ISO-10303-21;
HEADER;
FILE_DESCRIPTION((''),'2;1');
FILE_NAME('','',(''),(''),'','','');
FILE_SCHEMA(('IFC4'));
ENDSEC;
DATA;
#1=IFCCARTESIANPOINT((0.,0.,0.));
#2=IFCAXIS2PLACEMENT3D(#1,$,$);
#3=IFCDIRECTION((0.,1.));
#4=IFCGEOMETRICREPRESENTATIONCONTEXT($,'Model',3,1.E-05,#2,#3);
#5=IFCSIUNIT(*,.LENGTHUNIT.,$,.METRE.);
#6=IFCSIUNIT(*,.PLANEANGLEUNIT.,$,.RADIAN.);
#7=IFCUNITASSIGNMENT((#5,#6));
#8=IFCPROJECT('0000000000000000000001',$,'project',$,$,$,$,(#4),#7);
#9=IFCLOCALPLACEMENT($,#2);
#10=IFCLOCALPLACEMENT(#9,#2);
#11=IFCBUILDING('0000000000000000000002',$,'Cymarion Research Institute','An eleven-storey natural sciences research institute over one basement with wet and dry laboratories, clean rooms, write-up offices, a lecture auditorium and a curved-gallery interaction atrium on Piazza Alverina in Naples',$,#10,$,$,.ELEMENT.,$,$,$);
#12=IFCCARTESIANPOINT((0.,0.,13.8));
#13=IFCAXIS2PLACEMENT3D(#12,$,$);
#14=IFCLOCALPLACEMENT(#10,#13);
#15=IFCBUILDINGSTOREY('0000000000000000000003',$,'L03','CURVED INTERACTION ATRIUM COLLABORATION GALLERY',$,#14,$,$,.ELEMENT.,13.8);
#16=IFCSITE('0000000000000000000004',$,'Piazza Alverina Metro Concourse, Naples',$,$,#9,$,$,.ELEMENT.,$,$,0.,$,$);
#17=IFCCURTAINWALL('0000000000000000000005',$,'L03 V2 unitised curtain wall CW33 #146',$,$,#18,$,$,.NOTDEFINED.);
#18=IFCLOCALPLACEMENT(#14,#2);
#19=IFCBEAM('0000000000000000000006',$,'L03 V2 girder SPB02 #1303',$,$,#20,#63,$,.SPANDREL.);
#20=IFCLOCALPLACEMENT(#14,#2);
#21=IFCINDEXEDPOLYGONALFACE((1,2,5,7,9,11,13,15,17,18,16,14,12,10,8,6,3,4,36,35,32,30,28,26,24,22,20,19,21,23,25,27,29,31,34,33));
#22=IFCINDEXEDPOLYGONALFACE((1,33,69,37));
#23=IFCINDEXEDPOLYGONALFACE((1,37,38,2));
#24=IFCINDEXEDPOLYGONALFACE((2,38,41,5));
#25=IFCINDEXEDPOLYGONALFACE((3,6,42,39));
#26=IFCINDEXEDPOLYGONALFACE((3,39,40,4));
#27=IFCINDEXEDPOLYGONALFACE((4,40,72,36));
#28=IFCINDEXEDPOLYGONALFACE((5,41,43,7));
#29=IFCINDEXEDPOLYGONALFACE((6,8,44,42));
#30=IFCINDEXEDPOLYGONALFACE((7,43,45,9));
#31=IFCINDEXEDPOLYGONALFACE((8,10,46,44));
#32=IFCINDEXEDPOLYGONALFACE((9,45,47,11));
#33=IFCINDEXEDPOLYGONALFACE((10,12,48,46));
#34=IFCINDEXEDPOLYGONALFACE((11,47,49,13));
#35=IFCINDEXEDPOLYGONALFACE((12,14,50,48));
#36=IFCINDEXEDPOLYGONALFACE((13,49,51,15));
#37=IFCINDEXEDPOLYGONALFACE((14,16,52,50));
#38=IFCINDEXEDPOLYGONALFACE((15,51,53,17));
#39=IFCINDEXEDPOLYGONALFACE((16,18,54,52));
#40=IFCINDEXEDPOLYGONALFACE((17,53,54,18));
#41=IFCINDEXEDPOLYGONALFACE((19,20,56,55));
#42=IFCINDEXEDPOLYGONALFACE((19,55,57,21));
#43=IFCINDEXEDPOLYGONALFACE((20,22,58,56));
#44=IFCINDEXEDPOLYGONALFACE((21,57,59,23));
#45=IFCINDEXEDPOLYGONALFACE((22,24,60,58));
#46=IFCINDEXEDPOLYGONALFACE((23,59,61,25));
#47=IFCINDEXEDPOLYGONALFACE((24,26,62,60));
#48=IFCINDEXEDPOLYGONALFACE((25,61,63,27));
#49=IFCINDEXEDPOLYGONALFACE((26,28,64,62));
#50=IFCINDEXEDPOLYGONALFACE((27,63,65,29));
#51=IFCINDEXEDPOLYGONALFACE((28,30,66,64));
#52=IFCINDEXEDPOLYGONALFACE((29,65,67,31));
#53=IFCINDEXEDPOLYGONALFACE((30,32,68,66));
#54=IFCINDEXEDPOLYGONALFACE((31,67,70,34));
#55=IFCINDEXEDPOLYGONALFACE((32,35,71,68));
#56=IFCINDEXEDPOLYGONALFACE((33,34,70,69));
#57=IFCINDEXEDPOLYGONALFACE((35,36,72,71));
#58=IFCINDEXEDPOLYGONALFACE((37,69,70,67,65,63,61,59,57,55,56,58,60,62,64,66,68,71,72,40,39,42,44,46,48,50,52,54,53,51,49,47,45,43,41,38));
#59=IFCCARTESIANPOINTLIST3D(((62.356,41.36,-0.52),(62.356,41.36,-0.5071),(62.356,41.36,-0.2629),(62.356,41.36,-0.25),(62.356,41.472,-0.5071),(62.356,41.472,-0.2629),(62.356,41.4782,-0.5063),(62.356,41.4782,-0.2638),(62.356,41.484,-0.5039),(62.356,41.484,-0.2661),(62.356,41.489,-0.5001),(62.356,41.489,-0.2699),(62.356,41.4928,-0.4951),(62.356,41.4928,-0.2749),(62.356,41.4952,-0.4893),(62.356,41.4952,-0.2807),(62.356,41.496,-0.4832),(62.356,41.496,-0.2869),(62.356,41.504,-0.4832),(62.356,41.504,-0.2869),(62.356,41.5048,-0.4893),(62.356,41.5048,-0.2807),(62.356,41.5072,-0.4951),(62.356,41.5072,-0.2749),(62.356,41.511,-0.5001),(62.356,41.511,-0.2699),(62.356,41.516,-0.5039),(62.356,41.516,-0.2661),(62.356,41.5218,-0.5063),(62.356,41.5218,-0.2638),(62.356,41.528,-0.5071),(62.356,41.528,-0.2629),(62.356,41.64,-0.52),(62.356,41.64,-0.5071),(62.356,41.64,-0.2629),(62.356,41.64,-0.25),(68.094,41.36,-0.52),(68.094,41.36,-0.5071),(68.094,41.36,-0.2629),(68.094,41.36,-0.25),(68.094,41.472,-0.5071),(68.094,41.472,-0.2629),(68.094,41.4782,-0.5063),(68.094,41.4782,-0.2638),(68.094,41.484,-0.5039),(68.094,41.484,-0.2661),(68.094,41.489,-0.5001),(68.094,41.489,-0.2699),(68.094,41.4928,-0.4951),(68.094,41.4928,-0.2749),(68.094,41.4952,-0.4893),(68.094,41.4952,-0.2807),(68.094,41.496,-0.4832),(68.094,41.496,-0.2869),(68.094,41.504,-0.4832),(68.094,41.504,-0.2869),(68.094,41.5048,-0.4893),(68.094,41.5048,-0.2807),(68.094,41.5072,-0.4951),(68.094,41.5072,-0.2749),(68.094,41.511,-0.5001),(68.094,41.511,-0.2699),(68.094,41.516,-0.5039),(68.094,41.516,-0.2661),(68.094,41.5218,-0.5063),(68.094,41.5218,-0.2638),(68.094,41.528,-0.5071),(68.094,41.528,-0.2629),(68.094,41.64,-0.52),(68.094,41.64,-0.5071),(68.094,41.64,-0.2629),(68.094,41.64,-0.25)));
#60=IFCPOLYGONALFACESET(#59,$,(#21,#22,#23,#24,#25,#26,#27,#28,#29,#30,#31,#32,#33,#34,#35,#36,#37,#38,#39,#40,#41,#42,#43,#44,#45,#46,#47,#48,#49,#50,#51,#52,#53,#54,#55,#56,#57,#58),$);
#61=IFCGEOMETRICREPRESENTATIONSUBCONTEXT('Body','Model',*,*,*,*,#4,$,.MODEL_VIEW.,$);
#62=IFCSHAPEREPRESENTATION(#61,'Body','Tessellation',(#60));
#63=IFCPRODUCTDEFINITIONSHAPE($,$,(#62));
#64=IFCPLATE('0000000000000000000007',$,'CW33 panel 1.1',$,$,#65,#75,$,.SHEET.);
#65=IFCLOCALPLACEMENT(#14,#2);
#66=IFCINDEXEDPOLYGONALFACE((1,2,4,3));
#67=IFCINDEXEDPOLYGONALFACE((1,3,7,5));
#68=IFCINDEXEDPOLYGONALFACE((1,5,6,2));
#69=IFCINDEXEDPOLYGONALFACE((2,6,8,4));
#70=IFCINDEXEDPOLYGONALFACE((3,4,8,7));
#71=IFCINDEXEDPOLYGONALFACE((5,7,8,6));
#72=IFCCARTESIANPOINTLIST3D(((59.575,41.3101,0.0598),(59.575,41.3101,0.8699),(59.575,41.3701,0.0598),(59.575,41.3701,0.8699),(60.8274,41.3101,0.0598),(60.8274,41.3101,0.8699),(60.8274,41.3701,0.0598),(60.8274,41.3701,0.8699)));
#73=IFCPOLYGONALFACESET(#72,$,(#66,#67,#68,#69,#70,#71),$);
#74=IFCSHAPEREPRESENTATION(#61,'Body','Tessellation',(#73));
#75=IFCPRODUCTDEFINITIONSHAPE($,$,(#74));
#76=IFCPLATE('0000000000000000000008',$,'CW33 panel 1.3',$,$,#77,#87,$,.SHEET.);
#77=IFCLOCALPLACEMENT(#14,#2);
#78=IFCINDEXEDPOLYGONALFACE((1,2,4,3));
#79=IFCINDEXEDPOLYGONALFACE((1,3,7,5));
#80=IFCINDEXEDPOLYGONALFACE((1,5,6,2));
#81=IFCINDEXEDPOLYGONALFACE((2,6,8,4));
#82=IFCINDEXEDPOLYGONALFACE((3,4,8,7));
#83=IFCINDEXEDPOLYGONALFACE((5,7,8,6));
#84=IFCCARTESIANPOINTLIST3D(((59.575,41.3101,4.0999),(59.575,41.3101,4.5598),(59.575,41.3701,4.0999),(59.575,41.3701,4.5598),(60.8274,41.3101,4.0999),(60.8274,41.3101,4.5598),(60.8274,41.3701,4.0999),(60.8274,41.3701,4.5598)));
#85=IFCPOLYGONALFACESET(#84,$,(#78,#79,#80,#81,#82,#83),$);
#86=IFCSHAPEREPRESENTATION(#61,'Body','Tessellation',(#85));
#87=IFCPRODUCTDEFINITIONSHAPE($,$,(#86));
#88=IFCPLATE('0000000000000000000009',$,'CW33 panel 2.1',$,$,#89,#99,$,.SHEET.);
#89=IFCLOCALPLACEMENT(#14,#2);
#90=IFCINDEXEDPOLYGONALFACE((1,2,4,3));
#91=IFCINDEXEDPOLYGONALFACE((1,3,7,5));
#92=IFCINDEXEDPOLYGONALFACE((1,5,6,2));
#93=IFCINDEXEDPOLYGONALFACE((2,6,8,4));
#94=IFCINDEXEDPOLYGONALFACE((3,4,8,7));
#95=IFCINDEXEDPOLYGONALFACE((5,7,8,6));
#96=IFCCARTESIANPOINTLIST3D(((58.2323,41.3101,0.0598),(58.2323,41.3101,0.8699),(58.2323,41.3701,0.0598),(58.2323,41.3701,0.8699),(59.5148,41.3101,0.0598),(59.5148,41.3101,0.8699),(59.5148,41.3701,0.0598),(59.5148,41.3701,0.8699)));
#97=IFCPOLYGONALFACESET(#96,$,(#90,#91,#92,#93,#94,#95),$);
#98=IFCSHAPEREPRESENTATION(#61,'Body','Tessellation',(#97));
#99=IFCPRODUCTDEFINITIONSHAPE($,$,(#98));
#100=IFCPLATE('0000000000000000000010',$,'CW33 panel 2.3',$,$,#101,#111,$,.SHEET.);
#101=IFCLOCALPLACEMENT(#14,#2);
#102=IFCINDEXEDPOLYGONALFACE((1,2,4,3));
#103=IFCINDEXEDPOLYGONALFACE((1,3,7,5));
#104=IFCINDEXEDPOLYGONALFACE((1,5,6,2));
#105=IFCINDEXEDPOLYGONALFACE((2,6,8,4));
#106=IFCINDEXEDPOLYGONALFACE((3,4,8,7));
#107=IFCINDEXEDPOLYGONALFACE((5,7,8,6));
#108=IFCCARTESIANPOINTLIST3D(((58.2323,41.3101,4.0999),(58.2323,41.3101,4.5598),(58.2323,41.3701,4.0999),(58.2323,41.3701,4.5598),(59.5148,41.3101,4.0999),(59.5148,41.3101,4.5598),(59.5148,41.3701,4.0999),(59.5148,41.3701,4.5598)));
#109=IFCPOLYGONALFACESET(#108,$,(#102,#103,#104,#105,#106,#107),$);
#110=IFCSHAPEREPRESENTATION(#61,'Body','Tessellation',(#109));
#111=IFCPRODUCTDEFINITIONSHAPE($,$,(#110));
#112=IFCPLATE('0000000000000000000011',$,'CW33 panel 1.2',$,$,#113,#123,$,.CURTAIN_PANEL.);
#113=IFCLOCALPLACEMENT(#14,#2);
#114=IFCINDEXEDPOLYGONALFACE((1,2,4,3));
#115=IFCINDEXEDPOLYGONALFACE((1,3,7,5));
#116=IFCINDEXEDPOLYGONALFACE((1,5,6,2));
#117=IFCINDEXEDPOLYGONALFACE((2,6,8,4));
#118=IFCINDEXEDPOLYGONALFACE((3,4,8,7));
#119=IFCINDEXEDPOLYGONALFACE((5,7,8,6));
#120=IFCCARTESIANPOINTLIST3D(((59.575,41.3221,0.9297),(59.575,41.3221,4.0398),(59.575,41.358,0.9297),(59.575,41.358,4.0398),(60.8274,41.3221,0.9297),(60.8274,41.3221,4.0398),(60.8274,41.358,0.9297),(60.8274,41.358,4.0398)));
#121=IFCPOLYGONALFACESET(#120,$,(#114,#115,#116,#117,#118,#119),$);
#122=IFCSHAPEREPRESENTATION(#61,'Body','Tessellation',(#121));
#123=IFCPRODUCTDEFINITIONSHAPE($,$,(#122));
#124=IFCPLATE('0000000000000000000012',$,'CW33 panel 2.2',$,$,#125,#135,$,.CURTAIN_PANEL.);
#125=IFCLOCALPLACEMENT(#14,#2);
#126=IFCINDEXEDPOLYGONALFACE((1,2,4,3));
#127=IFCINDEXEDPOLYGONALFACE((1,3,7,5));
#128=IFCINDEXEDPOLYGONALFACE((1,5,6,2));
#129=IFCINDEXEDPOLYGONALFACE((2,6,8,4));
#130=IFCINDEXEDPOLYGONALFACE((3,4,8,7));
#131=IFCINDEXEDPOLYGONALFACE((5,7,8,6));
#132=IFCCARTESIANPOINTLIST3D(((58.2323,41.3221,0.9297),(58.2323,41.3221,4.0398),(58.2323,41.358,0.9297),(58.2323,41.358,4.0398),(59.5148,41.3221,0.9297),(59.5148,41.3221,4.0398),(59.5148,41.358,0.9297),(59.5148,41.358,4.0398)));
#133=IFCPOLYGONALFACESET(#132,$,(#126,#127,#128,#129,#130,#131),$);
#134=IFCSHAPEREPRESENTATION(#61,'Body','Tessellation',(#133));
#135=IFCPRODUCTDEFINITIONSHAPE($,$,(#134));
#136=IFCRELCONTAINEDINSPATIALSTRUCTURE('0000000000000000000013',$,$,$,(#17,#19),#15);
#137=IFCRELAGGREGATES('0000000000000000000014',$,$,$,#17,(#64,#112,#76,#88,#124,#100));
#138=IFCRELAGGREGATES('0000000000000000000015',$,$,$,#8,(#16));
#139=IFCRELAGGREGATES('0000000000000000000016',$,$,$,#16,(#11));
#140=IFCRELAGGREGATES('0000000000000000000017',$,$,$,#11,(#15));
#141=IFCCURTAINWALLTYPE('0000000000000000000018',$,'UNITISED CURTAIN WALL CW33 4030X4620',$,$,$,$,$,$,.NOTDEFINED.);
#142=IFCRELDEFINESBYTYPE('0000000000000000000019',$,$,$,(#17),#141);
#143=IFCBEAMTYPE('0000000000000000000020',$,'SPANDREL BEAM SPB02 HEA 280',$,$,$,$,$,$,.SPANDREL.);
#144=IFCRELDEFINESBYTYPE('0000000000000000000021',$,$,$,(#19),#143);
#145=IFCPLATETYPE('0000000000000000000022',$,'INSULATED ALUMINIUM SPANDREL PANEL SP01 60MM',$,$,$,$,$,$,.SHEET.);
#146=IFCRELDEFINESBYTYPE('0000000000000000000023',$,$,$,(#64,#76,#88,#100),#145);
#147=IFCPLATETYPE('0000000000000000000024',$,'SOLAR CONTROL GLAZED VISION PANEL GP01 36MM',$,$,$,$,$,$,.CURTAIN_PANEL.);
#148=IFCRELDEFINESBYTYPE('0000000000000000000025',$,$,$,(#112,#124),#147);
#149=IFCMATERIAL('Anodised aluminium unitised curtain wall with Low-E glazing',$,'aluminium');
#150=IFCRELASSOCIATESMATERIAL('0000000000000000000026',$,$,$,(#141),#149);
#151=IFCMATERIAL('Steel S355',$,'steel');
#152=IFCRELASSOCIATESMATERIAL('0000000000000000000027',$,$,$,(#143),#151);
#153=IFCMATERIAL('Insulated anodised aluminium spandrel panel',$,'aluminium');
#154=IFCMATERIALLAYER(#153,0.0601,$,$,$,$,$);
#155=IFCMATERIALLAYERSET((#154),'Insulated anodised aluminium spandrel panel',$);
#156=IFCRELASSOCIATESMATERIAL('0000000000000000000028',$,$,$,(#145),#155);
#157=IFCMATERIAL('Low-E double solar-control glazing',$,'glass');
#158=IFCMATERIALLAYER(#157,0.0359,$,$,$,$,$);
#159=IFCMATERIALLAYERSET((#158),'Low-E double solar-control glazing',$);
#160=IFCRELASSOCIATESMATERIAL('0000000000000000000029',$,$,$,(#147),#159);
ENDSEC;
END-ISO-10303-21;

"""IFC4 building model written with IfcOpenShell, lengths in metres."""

from ifc_helpers import new_model, si_unit, direction, frame, origin, origin_2d, place, context, subcontext, project, spatial, rectangle, i_section, extrude, material, layer, layer_set, material_profile, profile_set, type_object, element, aggregate, save


model = new_model("IFC4")

# Units and contexts
model_context = context("Model", 3, precision=1e-05, world=origin(), true_north=direction((0.0, 1.0)))
body_context = subcontext(model_context, "Body", "Model", "MODEL_VIEW")
ifc_project = project(units=[si_unit("LENGTHUNIT", "METRE"), si_unit("PLANEANGLEUNIT", "RADIAN")], contexts=[model_context])

# Site, building, storey
site_placement = place(None, origin())
site = spatial("IfcSite", under=ifc_project, at=site_placement, Name="Piazza Alverina Metro Concourse, Naples", CompositionType="ELEMENT", RefElevation=0.0)
building_placement = place(site_placement, origin())
building = spatial("IfcBuilding", under=site, at=building_placement, Name="Cymarion Research Institute", Description="An eleven-storey natural sciences research institute over one basement with wet and dry laboratories, clean rooms, write-up offices, a lecture auditorium and a curved-gallery interaction atrium on Piazza Alverina in Naples", CompositionType="ELEMENT")
storey_placement = place(building_placement, frame((0.0, 0.0, 13.8)))
storey = spatial("IfcBuildingStorey", under=building, at=storey_placement, Name="L03", Description="CURVED INTERACTION ATRIUM COLLABORATION GALLERY", CompositionType="ELEMENT", Elevation=13.8)

# Shared definitions
ifc_material_1 = material(Name="Steel S355", Category="steel")

# Curtain wall
ifc_material_2 = material(Name="Anodised aluminium unitised curtain wall with Low-E glazing", Category="aluminium")
curtain_wall_type = type_object("IfcCurtainWallType", Name="UNITISED CURTAIN WALL CW33 4030X4620", PredefinedType="NOTDEFINED", material=ifc_material_2)
curtain_wall_placement = place(storey_placement, origin())
curtain_wall = element("IfcCurtainWall", 1, at=curtain_wall_placement, inside=storey, type_object=curtain_wall_type, Name="L03 V2 unitised curtain wall CW33 #146", PredefinedType="NOTDEFINED")

# Beam
ifc_material_profile_1 = material_profile(ifc_material_1, i_section(OverallWidth=0.28, OverallDepth=0.27, WebThickness=0.0081, FlangeThickness=0.0129, FilletRadius=0.0239, at=origin_2d()), Name="HEA 280")
ifc_profile_set_1 = profile_set([ifc_material_profile_1], Name="Steel S355")
beam_type = type_object("IfcBeamType", Name="SPANDREL BEAM SPB02 HEA 280", PredefinedType="SPANDREL", material=ifc_profile_set_1)
for number, where, z_axis, x_axis, name in (
    (2, (62.356, 41.5, -0.385), (1.0, 0.0, 0.0), (0.0, 1.0, 0.0), "L03 V2 girder SPB02 #1303"),
):
    element("IfcBeam", number, at=place(storey_placement, frame(where, z_axis=z_axis, x_axis=x_axis)), inside=storey, type_object=beam_type, Name=name, PredefinedType="SPANDREL", context=body_context, shape_type="SweptSolid", body=[
        extrude(i_section(OverallWidth=0.28, OverallDepth=0.27, WebThickness=0.0081, FlangeThickness=0.0129, FilletRadius=0.0239, at=origin_2d()), origin(), (0.0, 0.0, 1.0), 5.738),
    ])

# Plates
ifc_material_3 = material(Name="Insulated anodised aluminium spandrel panel", Category="aluminium")
ifc_layer_1 = layer(ifc_material_3, 0.0601)
ifc_layer_set_1 = layer_set([ifc_layer_1], Name="Insulated anodised aluminium spandrel panel")
plate_type_1 = type_object("IfcPlateType", Name="INSULATED ALUMINIUM SPANDREL PANEL SP01 60MM", PredefinedType="SHEET", material=ifc_layer_set_1)
plate_1_placement = place(storey_placement, frame((60.2012, 41.3401, 0.0598), z_axis=(0.0, 0.0, 1.0), x_axis=(-1.0, 0.0, 0.0)))
plate_1 = element("IfcPlate", 3, at=plate_1_placement, type_object=plate_type_1, Name="CW33 panel 1.1", PredefinedType="SHEET", context=body_context, shape_type="SweptSolid", body=[
    extrude(rectangle(XDim=1.2524, YDim=0.0601, at=origin_2d()), origin(), (0.0, 0.0, 1.0), 0.8101),
])
plate_2_placement = place(storey_placement, frame((60.2012, 41.3401, 4.0999), z_axis=(0.0, 0.0, 1.0), x_axis=(-1.0, 0.0, 0.0)))
plate_2 = element("IfcPlate", 4, at=plate_2_placement, type_object=plate_type_1, Name="CW33 panel 1.3", PredefinedType="SHEET", context=body_context, shape_type="SweptSolid", body=[
    extrude(rectangle(XDim=1.2524, YDim=0.0601, at=origin_2d()), origin(), (0.0, 0.0, 1.0), 0.46),
])
plate_3_placement = place(storey_placement, frame((58.8735, 41.3401, 0.0598), z_axis=(0.0, 0.0, 1.0), x_axis=(-1.0, 0.0, 0.0)))
plate_3 = element("IfcPlate", 5, at=plate_3_placement, type_object=plate_type_1, Name="CW33 panel 2.1", PredefinedType="SHEET", context=body_context, shape_type="SweptSolid", body=[
    extrude(rectangle(XDim=1.2825, YDim=0.0601, at=origin_2d()), origin(), (0.0, 0.0, 1.0), 0.8101),
])
plate_4_placement = place(storey_placement, frame((58.8735, 41.3401, 4.0999), z_axis=(0.0, 0.0, 1.0), x_axis=(-1.0, 0.0, 0.0)))
plate_4 = element("IfcPlate", 6, at=plate_4_placement, type_object=plate_type_1, Name="CW33 panel 2.3", PredefinedType="SHEET", context=body_context, shape_type="SweptSolid", body=[
    extrude(rectangle(XDim=1.2825, YDim=0.0601, at=origin_2d()), origin(), (0.0, 0.0, 1.0), 0.46),
])
ifc_material_4 = material(Name="Low-E double solar-control glazing", Category="glass")
ifc_layer_2 = layer(ifc_material_4, 0.0359)
ifc_layer_set_2 = layer_set([ifc_layer_2], Name="Low-E double solar-control glazing")
plate_type_2 = type_object("IfcPlateType", Name="SOLAR CONTROL GLAZED VISION PANEL GP01 36MM", PredefinedType="CURTAIN_PANEL", material=ifc_layer_set_2)
plate_5_placement = place(storey_placement, frame((60.2012, 41.3401, 0.9297), z_axis=(0.0, 0.0, 1.0), x_axis=(-1.0, 0.0, 0.0)))
plate_5 = element("IfcPlate", 7, at=plate_5_placement, type_object=plate_type_2, Name="CW33 panel 1.2", PredefinedType="CURTAIN_PANEL", context=body_context, shape_type="SweptSolid", body=[
    extrude(rectangle(XDim=1.2524, YDim=0.0359, at=origin_2d()), origin(), (0.0, 0.0, 1.0), 3.1101),
])
plate_6_placement = place(storey_placement, frame((58.8735, 41.3401, 0.9297), z_axis=(0.0, 0.0, 1.0), x_axis=(-1.0, 0.0, 0.0)))
plate_6 = element("IfcPlate", 8, at=plate_6_placement, type_object=plate_type_2, Name="CW33 panel 2.2", PredefinedType="CURTAIN_PANEL", context=body_context, shape_type="SweptSolid", body=[
    extrude(rectangle(XDim=1.2825, YDim=0.0359, at=origin_2d()), origin(), (0.0, 0.0, 1.0), 3.1101),
])
aggregate(curtain_wall, [plate_1, plate_5, plate_2, plate_3, plate_6, plate_4])

save(model, "model.ifc")
